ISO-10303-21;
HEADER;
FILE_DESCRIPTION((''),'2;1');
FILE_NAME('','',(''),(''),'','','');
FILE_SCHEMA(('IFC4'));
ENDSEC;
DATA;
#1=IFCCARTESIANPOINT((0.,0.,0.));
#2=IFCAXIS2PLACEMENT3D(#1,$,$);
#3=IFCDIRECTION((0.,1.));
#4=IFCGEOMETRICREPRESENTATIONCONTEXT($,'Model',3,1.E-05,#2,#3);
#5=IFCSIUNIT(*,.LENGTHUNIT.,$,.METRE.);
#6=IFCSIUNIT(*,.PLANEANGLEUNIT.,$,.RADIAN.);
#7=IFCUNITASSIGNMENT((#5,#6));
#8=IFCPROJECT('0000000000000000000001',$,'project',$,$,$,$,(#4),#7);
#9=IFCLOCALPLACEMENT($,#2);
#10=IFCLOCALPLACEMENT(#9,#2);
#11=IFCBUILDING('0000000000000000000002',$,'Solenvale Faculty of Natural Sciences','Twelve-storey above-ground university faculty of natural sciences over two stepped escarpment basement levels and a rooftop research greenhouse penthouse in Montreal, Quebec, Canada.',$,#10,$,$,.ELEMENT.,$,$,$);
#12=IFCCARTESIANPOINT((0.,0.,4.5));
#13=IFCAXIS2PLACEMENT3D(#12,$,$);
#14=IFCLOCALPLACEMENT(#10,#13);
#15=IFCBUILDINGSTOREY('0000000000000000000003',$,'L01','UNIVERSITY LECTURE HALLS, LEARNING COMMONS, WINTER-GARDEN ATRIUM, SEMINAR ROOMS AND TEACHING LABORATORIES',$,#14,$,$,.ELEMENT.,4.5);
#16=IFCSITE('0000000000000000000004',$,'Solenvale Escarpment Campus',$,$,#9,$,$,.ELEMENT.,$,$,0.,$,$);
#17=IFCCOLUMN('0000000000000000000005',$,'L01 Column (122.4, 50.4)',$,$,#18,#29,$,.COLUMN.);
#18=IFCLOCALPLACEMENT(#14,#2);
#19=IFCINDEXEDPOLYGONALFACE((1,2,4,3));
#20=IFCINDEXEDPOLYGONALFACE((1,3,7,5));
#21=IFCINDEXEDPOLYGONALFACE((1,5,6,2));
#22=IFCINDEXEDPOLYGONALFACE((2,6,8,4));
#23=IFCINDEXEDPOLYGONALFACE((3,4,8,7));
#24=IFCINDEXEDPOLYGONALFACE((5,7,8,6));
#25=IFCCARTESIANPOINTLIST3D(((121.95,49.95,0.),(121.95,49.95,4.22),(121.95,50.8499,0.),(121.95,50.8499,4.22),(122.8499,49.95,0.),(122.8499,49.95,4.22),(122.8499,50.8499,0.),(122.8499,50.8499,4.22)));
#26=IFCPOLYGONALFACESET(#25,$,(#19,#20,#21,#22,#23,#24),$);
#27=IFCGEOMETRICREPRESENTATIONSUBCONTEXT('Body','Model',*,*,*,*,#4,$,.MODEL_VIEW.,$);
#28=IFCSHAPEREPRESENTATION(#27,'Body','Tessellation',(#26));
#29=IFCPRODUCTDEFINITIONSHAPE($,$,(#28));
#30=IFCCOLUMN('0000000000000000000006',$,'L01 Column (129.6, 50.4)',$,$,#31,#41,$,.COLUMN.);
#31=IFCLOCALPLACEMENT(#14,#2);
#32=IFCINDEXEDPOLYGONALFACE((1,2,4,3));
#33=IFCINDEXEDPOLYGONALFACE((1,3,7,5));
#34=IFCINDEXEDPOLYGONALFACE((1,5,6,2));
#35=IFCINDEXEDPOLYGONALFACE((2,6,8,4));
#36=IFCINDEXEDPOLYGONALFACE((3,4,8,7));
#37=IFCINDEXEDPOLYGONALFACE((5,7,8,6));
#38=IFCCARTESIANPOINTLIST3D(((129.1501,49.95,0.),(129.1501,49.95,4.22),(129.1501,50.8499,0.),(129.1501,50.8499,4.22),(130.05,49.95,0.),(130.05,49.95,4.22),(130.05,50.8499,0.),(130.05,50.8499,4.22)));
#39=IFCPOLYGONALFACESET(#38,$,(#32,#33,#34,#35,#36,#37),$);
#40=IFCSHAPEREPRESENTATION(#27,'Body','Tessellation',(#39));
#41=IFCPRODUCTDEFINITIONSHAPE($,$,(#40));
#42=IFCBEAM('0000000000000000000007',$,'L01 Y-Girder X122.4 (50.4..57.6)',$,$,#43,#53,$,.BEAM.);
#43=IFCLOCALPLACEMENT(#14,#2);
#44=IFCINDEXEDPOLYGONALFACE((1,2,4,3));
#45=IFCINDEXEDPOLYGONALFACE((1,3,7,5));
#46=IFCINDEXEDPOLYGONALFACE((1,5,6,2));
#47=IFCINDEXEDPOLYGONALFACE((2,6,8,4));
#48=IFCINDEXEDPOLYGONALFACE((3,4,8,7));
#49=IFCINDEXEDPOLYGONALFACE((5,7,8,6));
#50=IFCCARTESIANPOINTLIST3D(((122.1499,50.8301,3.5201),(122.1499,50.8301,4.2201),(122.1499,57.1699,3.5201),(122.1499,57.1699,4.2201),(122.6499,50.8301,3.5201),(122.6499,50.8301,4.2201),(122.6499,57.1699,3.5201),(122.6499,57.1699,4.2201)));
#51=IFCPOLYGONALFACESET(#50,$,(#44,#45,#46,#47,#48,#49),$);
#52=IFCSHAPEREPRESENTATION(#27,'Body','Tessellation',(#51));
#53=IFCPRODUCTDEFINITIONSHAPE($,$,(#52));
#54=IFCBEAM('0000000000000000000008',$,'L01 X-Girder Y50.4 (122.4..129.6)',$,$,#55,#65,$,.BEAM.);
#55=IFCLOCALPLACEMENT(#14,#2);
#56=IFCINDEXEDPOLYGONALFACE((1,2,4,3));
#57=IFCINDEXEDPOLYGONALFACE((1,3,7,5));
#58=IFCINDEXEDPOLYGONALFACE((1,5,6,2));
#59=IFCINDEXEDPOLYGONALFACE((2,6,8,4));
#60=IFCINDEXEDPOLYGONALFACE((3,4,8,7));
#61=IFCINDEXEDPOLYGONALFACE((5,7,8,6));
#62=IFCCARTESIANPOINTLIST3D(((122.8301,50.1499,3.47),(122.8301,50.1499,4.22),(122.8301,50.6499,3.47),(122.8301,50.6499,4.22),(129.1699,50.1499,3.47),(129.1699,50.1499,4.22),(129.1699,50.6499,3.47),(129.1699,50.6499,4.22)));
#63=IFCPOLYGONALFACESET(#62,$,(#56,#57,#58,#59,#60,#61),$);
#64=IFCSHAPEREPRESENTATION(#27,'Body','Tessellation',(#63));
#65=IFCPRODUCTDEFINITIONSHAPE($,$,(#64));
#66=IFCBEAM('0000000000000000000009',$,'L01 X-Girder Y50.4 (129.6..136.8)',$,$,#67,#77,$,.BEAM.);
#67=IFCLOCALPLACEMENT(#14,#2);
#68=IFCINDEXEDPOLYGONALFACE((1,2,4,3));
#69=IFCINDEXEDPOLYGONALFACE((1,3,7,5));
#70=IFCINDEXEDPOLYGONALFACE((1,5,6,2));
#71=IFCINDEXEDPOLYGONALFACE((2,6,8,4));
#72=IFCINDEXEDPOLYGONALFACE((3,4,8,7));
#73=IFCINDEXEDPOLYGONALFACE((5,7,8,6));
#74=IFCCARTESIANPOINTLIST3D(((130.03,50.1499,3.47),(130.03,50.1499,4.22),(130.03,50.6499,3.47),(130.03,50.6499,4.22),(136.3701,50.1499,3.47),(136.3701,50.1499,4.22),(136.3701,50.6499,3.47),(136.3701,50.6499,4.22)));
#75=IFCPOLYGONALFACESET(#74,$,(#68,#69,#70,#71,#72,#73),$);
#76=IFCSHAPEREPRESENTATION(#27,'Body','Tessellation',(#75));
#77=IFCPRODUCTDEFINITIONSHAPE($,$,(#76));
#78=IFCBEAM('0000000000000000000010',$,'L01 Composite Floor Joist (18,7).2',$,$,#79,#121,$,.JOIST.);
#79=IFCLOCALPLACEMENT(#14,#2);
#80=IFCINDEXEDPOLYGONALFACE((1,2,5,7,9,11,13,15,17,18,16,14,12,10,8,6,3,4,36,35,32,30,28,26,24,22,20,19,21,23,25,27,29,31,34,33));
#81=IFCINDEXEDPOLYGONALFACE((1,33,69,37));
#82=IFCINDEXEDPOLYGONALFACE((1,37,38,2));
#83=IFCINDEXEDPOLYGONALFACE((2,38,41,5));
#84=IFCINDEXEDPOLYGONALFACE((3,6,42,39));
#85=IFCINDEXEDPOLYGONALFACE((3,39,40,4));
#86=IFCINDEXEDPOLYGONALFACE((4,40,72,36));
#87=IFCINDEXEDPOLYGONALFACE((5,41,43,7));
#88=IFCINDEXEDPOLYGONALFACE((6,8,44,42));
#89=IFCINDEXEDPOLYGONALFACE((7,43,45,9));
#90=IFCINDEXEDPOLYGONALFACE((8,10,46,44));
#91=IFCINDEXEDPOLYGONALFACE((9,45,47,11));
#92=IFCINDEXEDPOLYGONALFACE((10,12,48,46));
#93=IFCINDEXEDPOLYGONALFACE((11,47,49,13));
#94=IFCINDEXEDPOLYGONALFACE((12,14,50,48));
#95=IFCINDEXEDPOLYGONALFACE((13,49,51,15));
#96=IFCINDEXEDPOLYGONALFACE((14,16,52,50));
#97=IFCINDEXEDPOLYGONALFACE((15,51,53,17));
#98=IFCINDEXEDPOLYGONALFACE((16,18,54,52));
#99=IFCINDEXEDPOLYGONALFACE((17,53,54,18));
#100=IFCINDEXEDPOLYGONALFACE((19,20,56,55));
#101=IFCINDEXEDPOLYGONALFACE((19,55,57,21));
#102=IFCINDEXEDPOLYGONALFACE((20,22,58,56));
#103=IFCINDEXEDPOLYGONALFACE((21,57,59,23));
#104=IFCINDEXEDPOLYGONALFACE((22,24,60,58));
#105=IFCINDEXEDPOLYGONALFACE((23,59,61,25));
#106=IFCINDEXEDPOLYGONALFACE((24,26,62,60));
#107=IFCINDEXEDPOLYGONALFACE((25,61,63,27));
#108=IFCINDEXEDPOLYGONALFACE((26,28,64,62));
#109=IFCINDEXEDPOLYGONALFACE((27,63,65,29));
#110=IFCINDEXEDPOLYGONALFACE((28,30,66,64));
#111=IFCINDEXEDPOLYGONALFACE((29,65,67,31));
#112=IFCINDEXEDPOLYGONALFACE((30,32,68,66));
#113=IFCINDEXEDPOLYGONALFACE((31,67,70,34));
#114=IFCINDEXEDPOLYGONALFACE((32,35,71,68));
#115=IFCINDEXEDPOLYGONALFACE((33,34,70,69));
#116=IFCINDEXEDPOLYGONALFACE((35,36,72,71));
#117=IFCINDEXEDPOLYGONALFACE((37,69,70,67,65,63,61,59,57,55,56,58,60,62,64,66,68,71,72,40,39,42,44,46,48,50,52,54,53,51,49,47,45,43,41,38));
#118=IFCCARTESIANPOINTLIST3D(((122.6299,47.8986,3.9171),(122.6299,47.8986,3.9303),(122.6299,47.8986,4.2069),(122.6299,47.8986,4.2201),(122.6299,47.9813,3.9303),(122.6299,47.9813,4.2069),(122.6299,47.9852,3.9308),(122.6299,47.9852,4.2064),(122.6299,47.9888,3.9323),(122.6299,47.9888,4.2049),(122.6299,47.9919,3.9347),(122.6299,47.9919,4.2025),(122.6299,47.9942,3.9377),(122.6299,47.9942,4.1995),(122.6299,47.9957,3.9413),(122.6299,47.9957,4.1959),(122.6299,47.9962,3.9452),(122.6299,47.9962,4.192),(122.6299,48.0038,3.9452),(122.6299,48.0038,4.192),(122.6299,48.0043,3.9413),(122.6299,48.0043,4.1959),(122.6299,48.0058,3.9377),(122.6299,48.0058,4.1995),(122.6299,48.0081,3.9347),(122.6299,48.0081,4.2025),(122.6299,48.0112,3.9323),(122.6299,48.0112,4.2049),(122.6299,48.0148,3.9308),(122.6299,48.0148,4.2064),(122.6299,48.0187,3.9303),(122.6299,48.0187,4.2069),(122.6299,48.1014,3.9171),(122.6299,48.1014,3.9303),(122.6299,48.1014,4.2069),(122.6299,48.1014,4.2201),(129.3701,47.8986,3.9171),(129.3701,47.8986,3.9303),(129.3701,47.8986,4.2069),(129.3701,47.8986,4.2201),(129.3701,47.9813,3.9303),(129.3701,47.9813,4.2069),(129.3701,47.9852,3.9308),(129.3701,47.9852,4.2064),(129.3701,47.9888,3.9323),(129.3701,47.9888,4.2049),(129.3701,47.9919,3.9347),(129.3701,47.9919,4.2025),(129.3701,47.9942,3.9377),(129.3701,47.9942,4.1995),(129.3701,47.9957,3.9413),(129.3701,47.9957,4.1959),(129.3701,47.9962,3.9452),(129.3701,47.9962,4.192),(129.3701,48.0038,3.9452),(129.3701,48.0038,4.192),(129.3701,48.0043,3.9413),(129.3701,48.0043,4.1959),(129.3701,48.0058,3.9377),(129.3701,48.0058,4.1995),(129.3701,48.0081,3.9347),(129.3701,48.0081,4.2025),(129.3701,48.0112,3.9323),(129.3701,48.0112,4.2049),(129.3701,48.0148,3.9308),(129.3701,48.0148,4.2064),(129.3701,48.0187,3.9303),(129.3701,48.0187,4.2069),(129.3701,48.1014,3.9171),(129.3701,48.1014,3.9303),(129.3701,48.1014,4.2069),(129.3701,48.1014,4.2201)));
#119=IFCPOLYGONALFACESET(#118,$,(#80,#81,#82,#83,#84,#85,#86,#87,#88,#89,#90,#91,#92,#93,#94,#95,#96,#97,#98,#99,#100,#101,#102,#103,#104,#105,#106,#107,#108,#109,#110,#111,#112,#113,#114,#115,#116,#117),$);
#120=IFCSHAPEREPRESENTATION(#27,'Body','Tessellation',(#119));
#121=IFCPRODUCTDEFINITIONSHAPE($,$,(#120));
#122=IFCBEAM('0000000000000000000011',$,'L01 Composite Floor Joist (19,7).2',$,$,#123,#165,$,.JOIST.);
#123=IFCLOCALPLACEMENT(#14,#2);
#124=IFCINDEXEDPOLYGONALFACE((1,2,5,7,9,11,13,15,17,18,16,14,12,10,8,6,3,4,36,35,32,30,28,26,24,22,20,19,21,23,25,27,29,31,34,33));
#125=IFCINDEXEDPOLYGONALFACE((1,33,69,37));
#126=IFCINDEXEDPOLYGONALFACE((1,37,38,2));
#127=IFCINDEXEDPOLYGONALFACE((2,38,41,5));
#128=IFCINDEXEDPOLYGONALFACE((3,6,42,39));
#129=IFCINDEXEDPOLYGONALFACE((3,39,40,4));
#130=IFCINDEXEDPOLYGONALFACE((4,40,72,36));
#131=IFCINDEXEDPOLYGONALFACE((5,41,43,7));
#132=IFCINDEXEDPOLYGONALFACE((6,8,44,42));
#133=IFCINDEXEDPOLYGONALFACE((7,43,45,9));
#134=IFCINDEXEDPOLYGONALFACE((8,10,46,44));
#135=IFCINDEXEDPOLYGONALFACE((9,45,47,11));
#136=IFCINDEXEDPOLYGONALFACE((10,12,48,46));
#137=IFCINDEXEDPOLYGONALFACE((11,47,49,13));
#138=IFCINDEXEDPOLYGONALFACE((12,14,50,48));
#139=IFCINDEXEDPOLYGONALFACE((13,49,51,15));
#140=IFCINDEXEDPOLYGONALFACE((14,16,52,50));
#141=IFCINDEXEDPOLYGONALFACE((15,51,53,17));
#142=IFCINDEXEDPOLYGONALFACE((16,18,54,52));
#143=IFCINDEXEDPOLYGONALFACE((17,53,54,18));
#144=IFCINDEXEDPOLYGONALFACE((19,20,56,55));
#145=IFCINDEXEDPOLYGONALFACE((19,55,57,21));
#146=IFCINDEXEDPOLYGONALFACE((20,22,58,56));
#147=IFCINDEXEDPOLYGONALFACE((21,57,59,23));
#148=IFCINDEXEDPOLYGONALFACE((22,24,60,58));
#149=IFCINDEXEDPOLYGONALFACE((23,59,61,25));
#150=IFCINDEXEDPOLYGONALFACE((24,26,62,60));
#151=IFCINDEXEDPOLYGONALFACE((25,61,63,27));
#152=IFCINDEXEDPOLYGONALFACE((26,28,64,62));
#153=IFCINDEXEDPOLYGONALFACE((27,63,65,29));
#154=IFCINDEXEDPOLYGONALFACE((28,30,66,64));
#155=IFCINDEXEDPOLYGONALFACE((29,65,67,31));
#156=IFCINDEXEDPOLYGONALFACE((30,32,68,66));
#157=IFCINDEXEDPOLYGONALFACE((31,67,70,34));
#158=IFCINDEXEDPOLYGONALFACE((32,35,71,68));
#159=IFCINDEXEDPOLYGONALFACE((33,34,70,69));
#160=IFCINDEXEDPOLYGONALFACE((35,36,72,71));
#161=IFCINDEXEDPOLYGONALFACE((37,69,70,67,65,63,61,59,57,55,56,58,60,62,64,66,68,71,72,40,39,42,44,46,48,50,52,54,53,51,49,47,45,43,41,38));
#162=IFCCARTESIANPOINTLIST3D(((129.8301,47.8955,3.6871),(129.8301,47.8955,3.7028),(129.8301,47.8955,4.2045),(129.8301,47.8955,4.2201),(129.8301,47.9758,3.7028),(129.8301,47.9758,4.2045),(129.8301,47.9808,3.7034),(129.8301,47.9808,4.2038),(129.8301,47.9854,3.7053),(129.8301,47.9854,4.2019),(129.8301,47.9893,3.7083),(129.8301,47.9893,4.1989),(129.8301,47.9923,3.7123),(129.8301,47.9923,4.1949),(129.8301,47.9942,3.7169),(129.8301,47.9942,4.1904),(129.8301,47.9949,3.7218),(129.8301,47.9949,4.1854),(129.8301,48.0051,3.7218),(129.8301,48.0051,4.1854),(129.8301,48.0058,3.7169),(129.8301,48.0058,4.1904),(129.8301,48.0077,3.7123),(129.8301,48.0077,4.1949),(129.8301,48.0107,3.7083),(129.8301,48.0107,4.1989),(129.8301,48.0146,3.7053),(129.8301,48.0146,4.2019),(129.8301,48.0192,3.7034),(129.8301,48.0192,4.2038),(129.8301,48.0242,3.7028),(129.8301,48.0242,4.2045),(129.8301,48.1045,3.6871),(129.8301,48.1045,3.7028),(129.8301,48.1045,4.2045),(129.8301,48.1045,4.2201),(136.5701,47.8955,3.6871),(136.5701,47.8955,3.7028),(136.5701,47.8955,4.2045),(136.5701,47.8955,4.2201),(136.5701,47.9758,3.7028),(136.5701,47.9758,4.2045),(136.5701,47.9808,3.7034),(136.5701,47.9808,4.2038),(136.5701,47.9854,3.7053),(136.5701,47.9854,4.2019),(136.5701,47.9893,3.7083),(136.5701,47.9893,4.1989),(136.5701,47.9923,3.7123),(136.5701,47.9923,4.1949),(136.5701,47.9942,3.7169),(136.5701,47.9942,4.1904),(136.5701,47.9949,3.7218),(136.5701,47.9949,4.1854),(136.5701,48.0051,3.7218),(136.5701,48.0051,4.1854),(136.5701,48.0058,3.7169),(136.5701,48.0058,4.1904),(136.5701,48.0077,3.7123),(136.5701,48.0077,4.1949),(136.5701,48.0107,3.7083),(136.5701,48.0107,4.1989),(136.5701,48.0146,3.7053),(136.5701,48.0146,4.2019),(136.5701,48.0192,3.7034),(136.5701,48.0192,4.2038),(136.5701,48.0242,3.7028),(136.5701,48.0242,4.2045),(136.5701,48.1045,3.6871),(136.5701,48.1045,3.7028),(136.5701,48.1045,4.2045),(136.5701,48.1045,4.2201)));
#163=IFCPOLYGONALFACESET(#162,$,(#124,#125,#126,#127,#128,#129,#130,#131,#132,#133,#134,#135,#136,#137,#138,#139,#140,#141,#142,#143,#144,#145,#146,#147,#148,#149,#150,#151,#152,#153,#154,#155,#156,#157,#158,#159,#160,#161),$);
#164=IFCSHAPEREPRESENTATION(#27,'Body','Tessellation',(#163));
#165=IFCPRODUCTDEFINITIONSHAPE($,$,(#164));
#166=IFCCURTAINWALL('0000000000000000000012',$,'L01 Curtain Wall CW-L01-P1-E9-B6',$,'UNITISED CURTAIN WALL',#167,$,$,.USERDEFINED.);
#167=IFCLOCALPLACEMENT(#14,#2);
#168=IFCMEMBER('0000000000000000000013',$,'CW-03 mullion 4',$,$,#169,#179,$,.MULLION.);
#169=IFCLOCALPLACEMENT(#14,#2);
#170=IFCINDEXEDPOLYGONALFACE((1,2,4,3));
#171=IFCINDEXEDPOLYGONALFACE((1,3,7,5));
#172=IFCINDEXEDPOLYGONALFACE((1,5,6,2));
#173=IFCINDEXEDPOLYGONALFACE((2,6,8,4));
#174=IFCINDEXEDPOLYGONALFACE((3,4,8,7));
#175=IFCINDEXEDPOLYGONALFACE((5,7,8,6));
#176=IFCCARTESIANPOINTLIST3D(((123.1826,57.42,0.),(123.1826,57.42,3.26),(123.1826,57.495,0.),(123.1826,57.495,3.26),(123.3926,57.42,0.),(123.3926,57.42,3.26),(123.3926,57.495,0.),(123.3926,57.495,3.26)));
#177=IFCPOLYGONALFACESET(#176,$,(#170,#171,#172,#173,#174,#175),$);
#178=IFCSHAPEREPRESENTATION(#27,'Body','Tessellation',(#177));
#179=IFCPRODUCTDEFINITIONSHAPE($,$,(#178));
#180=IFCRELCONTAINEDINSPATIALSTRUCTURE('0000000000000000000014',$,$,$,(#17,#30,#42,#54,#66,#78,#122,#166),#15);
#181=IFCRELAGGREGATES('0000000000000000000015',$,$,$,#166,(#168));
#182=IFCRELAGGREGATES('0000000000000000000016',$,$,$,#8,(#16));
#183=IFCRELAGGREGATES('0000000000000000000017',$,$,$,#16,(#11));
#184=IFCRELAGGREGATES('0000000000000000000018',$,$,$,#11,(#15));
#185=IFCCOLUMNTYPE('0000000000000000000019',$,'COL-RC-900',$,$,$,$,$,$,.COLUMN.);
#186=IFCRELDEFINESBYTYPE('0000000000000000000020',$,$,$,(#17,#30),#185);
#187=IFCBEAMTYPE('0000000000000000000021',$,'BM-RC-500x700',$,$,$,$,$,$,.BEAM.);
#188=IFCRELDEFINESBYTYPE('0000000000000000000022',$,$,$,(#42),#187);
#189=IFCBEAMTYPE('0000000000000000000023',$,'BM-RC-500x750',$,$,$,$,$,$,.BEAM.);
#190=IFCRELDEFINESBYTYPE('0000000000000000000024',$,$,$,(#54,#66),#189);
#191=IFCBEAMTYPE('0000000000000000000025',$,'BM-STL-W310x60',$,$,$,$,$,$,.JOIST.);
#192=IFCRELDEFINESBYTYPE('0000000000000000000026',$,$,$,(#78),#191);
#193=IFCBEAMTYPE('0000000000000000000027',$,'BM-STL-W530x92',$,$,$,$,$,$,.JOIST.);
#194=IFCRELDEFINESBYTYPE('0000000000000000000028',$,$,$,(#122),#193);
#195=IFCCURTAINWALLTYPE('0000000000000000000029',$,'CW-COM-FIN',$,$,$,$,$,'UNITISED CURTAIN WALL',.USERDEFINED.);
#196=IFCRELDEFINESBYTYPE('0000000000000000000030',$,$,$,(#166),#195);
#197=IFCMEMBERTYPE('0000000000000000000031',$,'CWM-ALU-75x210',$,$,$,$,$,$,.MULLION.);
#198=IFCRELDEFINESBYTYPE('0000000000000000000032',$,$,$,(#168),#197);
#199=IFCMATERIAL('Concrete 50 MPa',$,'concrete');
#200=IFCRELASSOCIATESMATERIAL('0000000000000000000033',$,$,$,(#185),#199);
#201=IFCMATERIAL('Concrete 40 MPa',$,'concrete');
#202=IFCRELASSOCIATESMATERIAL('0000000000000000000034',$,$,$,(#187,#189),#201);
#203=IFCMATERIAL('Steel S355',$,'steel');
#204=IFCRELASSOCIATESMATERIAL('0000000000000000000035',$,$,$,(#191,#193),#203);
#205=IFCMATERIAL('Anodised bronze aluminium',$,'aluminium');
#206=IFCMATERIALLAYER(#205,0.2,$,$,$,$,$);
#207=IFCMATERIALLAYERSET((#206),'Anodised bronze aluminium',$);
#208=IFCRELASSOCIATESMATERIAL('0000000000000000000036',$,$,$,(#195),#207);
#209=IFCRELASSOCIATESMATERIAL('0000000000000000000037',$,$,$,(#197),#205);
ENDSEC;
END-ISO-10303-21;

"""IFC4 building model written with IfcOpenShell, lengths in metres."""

from ifc_helpers import new_model, si_unit, direction, frame, origin, origin_2d, place, context, subcontext, project, spatial, rectangle, i_section, extrude, material, layer, layer_set, material_profile, profile_set, type_object, element, aggregate, save


model = new_model("IFC4")

# Units and contexts
model_context = context("Model", 3, precision=1e-05, world=origin(), true_north=direction((0.0, 1.0)))
body_context = subcontext(model_context, "Body", "Model", "MODEL_VIEW")
ifc_project = project(units=[si_unit("LENGTHUNIT", "METRE"), si_unit("PLANEANGLEUNIT", "RADIAN")], contexts=[model_context])

# Site, building, storey
site_placement = place(None, origin())
site = spatial("IfcSite", under=ifc_project, at=site_placement, Name="Solenvale Escarpment Campus", CompositionType="ELEMENT", RefElevation=0.0)
building_placement = place(site_placement, origin())
building = spatial("IfcBuilding", under=site, at=building_placement, Name="Solenvale Faculty of Natural Sciences", Description="Twelve-storey above-ground university faculty of natural sciences over two stepped escarpment basement levels and a rooftop research greenhouse penthouse in Montreal, Quebec, Canada.", CompositionType="ELEMENT")
storey_placement = place(building_placement, frame((0.0, 0.0, 4.5)))
storey = spatial("IfcBuildingStorey", under=building, at=storey_placement, Name="L01", Description="UNIVERSITY LECTURE HALLS, LEARNING COMMONS, WINTER-GARDEN ATRIUM, SEMINAR ROOMS AND TEACHING LABORATORIES", CompositionType="ELEMENT", Elevation=4.5)

# Columns
ifc_material_1 = material(Name="Concrete 50 MPa", Category="concrete")
ifc_material_profile_1 = material_profile(ifc_material_1, rectangle(XDim=0.8999, YDim=0.8999, at=origin_2d()), Name="RC-COL-900x900")
ifc_profile_set_1 = profile_set([ifc_material_profile_1], Name="Concrete 50 MPa")
column_type = type_object("IfcColumnType", Name="COL-RC-900", PredefinedType="COLUMN", material=ifc_profile_set_1)
for number, where, z_axis, x_axis, name in (
    (1, (122.3999, 50.3999, 0.0), (0.0, 0.0, 1.0), (1.0, 0.0, 0.0), "L01 Column (122.4, 50.4)"),
    (2, (129.6001, 50.3999, 0.0), (0.0, 0.0, 1.0), (1.0, 0.0, 0.0), "L01 Column (129.6, 50.4)"),
):
    element("IfcColumn", number, at=place(storey_placement, frame(where, z_axis=z_axis, x_axis=x_axis)), inside=storey, type_object=column_type, Name=name, PredefinedType="COLUMN", context=body_context, shape_type="SweptSolid", body=[
        extrude(rectangle(XDim=0.8999, YDim=0.8999, at=origin_2d()), origin(), (0.0, 0.0, 1.0), 4.22),
    ])

# Beams
ifc_material_2 = material(Name="Concrete 40 MPa", Category="concrete")
ifc_material_profile_2 = material_profile(ifc_material_2, rectangle(XDim=0.5, YDim=0.7, at=origin_2d()), Name="RC-BM-500x700")
ifc_profile_set_2 = profile_set([ifc_material_profile_2], Name="Concrete 40 MPa")
beam_type_1 = type_object("IfcBeamType", Name="BM-RC-500x700", PredefinedType="BEAM", material=ifc_profile_set_2)
beam_1_placement = place(storey_placement, frame((122.3999, 50.8301, 3.8701), z_axis=(0.0, 1.0, 0.0), x_axis=(-1.0, 0.0, 0.0)))
element("IfcBeam", 3, at=beam_1_placement, inside=storey, type_object=beam_type_1, Name="L01 Y-Girder X122.4 (50.4..57.6)", PredefinedType="BEAM", context=body_context, shape_type="SweptSolid", body=[
    extrude(rectangle(XDim=0.5, YDim=0.7, at=origin_2d()), origin(), (0.0, 0.0, 1.0), 6.3398),
])
ifc_material_profile_3 = material_profile(ifc_material_2, rectangle(XDim=0.5, YDim=0.75, at=origin_2d()), Name="RC-BM-500x750")
ifc_profile_set_3 = profile_set([ifc_material_profile_3], Name="Concrete 40 MPa")
beam_type_2 = type_object("IfcBeamType", Name="BM-RC-500x750", PredefinedType="BEAM", material=ifc_profile_set_3)
beam_2_placement = place(storey_placement, frame((122.8301, 50.3999, 3.845), z_axis=(1.0, 0.0, 0.0), x_axis=(0.0, 1.0, 0.0)))
element("IfcBeam", 4, at=beam_2_placement, inside=storey, type_object=beam_type_2, Name="L01 X-Girder Y50.4 (122.4..129.6)", PredefinedType="BEAM", context=body_context, shape_type="SweptSolid", body=[
    extrude(rectangle(XDim=0.5, YDim=0.75, at=origin_2d()), origin(), (0.0, 0.0, 1.0), 6.3398),
])
beam_3_placement = place(storey_placement, frame((130.03, 50.3999, 3.845), z_axis=(1.0, 0.0, 0.0), x_axis=(0.0, 1.0, 0.0)))
element("IfcBeam", 5, at=beam_3_placement, inside=storey, type_object=beam_type_2, Name="L01 X-Girder Y50.4 (129.6..136.8)", PredefinedType="BEAM", context=body_context, shape_type="SweptSolid", body=[
    extrude(rectangle(XDim=0.5, YDim=0.75, at=origin_2d()), origin(), (0.0, 0.0, 1.0), 6.3401),
])
ifc_material_3 = material(Name="Steel S355", Category="steel")
ifc_material_profile_4 = material_profile(ifc_material_3, i_section(OverallWidth=0.2029, OverallDepth=0.303, WebThickness=0.0076, FlangeThickness=0.0132, FilletRadius=0.0149, at=origin_2d()), Name="W310x60")
ifc_profile_set_4 = profile_set([ifc_material_profile_4], Name="Steel S355")
beam_type_3 = type_object("IfcBeamType", Name="BM-STL-W310x60", PredefinedType="JOIST", material=ifc_profile_set_4)
beam_4_placement = place(storey_placement, frame((122.6299, 48.0, 4.0686), z_axis=(1.0, 0.0, 0.0), x_axis=(0.0, 1.0, 0.0)))
element("IfcBeam", 6, at=beam_4_placement, inside=storey, type_object=beam_type_3, Name="L01 Composite Floor Joist (18,7).2", PredefinedType="JOIST", context=body_context, shape_type="SweptSolid", body=[
    extrude(i_section(OverallWidth=0.2029, OverallDepth=0.303, WebThickness=0.0076, FlangeThickness=0.0132, FilletRadius=0.0149, at=origin_2d()), origin(), (0.0, 0.0, 1.0), 6.7402),
])
ifc_material_profile_5 = material_profile(ifc_material_3, i_section(OverallWidth=0.209, OverallDepth=0.533, WebThickness=0.0103, FlangeThickness=0.0156, FilletRadius=0.019, at=origin_2d()), Name="W530x92")
ifc_profile_set_5 = profile_set([ifc_material_profile_5], Name="Steel S355")
beam_type_4 = type_object("IfcBeamType", Name="BM-STL-W530x92", PredefinedType="JOIST", material=ifc_profile_set_5)
beam_5_placement = place(storey_placement, frame((129.8301, 48.0, 3.9536), z_axis=(1.0, 0.0, 0.0), x_axis=(0.0, 1.0, 0.0)))
element("IfcBeam", 7, at=beam_5_placement, inside=storey, type_object=beam_type_4, Name="L01 Composite Floor Joist (19,7).2", PredefinedType="JOIST", context=body_context, shape_type="SweptSolid", body=[
    extrude(i_section(OverallWidth=0.209, OverallDepth=0.533, WebThickness=0.0103, FlangeThickness=0.0156, FilletRadius=0.019, at=origin_2d()), origin(), (0.0, 0.0, 1.0), 6.74),
])

# Curtain wall, member
ifc_material_4 = material(Name="Anodised bronze aluminium", Category="aluminium")
ifc_layer_1 = layer(ifc_material_4, 0.2)
ifc_layer_set_1 = layer_set([ifc_layer_1], Name="Anodised bronze aluminium")
curtain_wall_type = type_object("IfcCurtainWallType", Name="CW-COM-FIN", ElementType="UNITISED CURTAIN WALL", PredefinedType="USERDEFINED", material=ifc_layer_set_1)
curtain_wall_placement = place(storey_placement, origin())
curtain_wall = element("IfcCurtainWall", 8, at=curtain_wall_placement, inside=storey, type_object=curtain_wall_type, Name="L01 Curtain Wall CW-L01-P1-E9-B6", ObjectType="UNITISED CURTAIN WALL", PredefinedType="USERDEFINED")
ifc_material_profile_6 = material_profile(ifc_material_4, rectangle(XDim=0.075, YDim=0.21, at=origin_2d()), Name="ALU-MUL-75x210")
ifc_profile_set_6 = profile_set([ifc_material_profile_6], Name="Anodised bronze aluminium")
member_type = type_object("IfcMemberType", Name="CWM-ALU-75x210", PredefinedType="MULLION", material=ifc_profile_set_6)
member_placement = place(storey_placement, frame((123.2876, 57.4575, 0.0), z_axis=(0.0, 0.0, 1.0), x_axis=(0.0, -1.0, 0.0)))
member = element("IfcMember", 9, at=member_placement, type_object=member_type, Name="CW-03 mullion 4", PredefinedType="MULLION", context=body_context, shape_type="SweptSolid", body=[
    extrude(rectangle(XDim=0.075, YDim=0.21, at=origin_2d()), origin(), (0.0, 0.0, 1.0), 3.26),
])
aggregate(curtain_wall, [member])

save(model, "model.ifc")
